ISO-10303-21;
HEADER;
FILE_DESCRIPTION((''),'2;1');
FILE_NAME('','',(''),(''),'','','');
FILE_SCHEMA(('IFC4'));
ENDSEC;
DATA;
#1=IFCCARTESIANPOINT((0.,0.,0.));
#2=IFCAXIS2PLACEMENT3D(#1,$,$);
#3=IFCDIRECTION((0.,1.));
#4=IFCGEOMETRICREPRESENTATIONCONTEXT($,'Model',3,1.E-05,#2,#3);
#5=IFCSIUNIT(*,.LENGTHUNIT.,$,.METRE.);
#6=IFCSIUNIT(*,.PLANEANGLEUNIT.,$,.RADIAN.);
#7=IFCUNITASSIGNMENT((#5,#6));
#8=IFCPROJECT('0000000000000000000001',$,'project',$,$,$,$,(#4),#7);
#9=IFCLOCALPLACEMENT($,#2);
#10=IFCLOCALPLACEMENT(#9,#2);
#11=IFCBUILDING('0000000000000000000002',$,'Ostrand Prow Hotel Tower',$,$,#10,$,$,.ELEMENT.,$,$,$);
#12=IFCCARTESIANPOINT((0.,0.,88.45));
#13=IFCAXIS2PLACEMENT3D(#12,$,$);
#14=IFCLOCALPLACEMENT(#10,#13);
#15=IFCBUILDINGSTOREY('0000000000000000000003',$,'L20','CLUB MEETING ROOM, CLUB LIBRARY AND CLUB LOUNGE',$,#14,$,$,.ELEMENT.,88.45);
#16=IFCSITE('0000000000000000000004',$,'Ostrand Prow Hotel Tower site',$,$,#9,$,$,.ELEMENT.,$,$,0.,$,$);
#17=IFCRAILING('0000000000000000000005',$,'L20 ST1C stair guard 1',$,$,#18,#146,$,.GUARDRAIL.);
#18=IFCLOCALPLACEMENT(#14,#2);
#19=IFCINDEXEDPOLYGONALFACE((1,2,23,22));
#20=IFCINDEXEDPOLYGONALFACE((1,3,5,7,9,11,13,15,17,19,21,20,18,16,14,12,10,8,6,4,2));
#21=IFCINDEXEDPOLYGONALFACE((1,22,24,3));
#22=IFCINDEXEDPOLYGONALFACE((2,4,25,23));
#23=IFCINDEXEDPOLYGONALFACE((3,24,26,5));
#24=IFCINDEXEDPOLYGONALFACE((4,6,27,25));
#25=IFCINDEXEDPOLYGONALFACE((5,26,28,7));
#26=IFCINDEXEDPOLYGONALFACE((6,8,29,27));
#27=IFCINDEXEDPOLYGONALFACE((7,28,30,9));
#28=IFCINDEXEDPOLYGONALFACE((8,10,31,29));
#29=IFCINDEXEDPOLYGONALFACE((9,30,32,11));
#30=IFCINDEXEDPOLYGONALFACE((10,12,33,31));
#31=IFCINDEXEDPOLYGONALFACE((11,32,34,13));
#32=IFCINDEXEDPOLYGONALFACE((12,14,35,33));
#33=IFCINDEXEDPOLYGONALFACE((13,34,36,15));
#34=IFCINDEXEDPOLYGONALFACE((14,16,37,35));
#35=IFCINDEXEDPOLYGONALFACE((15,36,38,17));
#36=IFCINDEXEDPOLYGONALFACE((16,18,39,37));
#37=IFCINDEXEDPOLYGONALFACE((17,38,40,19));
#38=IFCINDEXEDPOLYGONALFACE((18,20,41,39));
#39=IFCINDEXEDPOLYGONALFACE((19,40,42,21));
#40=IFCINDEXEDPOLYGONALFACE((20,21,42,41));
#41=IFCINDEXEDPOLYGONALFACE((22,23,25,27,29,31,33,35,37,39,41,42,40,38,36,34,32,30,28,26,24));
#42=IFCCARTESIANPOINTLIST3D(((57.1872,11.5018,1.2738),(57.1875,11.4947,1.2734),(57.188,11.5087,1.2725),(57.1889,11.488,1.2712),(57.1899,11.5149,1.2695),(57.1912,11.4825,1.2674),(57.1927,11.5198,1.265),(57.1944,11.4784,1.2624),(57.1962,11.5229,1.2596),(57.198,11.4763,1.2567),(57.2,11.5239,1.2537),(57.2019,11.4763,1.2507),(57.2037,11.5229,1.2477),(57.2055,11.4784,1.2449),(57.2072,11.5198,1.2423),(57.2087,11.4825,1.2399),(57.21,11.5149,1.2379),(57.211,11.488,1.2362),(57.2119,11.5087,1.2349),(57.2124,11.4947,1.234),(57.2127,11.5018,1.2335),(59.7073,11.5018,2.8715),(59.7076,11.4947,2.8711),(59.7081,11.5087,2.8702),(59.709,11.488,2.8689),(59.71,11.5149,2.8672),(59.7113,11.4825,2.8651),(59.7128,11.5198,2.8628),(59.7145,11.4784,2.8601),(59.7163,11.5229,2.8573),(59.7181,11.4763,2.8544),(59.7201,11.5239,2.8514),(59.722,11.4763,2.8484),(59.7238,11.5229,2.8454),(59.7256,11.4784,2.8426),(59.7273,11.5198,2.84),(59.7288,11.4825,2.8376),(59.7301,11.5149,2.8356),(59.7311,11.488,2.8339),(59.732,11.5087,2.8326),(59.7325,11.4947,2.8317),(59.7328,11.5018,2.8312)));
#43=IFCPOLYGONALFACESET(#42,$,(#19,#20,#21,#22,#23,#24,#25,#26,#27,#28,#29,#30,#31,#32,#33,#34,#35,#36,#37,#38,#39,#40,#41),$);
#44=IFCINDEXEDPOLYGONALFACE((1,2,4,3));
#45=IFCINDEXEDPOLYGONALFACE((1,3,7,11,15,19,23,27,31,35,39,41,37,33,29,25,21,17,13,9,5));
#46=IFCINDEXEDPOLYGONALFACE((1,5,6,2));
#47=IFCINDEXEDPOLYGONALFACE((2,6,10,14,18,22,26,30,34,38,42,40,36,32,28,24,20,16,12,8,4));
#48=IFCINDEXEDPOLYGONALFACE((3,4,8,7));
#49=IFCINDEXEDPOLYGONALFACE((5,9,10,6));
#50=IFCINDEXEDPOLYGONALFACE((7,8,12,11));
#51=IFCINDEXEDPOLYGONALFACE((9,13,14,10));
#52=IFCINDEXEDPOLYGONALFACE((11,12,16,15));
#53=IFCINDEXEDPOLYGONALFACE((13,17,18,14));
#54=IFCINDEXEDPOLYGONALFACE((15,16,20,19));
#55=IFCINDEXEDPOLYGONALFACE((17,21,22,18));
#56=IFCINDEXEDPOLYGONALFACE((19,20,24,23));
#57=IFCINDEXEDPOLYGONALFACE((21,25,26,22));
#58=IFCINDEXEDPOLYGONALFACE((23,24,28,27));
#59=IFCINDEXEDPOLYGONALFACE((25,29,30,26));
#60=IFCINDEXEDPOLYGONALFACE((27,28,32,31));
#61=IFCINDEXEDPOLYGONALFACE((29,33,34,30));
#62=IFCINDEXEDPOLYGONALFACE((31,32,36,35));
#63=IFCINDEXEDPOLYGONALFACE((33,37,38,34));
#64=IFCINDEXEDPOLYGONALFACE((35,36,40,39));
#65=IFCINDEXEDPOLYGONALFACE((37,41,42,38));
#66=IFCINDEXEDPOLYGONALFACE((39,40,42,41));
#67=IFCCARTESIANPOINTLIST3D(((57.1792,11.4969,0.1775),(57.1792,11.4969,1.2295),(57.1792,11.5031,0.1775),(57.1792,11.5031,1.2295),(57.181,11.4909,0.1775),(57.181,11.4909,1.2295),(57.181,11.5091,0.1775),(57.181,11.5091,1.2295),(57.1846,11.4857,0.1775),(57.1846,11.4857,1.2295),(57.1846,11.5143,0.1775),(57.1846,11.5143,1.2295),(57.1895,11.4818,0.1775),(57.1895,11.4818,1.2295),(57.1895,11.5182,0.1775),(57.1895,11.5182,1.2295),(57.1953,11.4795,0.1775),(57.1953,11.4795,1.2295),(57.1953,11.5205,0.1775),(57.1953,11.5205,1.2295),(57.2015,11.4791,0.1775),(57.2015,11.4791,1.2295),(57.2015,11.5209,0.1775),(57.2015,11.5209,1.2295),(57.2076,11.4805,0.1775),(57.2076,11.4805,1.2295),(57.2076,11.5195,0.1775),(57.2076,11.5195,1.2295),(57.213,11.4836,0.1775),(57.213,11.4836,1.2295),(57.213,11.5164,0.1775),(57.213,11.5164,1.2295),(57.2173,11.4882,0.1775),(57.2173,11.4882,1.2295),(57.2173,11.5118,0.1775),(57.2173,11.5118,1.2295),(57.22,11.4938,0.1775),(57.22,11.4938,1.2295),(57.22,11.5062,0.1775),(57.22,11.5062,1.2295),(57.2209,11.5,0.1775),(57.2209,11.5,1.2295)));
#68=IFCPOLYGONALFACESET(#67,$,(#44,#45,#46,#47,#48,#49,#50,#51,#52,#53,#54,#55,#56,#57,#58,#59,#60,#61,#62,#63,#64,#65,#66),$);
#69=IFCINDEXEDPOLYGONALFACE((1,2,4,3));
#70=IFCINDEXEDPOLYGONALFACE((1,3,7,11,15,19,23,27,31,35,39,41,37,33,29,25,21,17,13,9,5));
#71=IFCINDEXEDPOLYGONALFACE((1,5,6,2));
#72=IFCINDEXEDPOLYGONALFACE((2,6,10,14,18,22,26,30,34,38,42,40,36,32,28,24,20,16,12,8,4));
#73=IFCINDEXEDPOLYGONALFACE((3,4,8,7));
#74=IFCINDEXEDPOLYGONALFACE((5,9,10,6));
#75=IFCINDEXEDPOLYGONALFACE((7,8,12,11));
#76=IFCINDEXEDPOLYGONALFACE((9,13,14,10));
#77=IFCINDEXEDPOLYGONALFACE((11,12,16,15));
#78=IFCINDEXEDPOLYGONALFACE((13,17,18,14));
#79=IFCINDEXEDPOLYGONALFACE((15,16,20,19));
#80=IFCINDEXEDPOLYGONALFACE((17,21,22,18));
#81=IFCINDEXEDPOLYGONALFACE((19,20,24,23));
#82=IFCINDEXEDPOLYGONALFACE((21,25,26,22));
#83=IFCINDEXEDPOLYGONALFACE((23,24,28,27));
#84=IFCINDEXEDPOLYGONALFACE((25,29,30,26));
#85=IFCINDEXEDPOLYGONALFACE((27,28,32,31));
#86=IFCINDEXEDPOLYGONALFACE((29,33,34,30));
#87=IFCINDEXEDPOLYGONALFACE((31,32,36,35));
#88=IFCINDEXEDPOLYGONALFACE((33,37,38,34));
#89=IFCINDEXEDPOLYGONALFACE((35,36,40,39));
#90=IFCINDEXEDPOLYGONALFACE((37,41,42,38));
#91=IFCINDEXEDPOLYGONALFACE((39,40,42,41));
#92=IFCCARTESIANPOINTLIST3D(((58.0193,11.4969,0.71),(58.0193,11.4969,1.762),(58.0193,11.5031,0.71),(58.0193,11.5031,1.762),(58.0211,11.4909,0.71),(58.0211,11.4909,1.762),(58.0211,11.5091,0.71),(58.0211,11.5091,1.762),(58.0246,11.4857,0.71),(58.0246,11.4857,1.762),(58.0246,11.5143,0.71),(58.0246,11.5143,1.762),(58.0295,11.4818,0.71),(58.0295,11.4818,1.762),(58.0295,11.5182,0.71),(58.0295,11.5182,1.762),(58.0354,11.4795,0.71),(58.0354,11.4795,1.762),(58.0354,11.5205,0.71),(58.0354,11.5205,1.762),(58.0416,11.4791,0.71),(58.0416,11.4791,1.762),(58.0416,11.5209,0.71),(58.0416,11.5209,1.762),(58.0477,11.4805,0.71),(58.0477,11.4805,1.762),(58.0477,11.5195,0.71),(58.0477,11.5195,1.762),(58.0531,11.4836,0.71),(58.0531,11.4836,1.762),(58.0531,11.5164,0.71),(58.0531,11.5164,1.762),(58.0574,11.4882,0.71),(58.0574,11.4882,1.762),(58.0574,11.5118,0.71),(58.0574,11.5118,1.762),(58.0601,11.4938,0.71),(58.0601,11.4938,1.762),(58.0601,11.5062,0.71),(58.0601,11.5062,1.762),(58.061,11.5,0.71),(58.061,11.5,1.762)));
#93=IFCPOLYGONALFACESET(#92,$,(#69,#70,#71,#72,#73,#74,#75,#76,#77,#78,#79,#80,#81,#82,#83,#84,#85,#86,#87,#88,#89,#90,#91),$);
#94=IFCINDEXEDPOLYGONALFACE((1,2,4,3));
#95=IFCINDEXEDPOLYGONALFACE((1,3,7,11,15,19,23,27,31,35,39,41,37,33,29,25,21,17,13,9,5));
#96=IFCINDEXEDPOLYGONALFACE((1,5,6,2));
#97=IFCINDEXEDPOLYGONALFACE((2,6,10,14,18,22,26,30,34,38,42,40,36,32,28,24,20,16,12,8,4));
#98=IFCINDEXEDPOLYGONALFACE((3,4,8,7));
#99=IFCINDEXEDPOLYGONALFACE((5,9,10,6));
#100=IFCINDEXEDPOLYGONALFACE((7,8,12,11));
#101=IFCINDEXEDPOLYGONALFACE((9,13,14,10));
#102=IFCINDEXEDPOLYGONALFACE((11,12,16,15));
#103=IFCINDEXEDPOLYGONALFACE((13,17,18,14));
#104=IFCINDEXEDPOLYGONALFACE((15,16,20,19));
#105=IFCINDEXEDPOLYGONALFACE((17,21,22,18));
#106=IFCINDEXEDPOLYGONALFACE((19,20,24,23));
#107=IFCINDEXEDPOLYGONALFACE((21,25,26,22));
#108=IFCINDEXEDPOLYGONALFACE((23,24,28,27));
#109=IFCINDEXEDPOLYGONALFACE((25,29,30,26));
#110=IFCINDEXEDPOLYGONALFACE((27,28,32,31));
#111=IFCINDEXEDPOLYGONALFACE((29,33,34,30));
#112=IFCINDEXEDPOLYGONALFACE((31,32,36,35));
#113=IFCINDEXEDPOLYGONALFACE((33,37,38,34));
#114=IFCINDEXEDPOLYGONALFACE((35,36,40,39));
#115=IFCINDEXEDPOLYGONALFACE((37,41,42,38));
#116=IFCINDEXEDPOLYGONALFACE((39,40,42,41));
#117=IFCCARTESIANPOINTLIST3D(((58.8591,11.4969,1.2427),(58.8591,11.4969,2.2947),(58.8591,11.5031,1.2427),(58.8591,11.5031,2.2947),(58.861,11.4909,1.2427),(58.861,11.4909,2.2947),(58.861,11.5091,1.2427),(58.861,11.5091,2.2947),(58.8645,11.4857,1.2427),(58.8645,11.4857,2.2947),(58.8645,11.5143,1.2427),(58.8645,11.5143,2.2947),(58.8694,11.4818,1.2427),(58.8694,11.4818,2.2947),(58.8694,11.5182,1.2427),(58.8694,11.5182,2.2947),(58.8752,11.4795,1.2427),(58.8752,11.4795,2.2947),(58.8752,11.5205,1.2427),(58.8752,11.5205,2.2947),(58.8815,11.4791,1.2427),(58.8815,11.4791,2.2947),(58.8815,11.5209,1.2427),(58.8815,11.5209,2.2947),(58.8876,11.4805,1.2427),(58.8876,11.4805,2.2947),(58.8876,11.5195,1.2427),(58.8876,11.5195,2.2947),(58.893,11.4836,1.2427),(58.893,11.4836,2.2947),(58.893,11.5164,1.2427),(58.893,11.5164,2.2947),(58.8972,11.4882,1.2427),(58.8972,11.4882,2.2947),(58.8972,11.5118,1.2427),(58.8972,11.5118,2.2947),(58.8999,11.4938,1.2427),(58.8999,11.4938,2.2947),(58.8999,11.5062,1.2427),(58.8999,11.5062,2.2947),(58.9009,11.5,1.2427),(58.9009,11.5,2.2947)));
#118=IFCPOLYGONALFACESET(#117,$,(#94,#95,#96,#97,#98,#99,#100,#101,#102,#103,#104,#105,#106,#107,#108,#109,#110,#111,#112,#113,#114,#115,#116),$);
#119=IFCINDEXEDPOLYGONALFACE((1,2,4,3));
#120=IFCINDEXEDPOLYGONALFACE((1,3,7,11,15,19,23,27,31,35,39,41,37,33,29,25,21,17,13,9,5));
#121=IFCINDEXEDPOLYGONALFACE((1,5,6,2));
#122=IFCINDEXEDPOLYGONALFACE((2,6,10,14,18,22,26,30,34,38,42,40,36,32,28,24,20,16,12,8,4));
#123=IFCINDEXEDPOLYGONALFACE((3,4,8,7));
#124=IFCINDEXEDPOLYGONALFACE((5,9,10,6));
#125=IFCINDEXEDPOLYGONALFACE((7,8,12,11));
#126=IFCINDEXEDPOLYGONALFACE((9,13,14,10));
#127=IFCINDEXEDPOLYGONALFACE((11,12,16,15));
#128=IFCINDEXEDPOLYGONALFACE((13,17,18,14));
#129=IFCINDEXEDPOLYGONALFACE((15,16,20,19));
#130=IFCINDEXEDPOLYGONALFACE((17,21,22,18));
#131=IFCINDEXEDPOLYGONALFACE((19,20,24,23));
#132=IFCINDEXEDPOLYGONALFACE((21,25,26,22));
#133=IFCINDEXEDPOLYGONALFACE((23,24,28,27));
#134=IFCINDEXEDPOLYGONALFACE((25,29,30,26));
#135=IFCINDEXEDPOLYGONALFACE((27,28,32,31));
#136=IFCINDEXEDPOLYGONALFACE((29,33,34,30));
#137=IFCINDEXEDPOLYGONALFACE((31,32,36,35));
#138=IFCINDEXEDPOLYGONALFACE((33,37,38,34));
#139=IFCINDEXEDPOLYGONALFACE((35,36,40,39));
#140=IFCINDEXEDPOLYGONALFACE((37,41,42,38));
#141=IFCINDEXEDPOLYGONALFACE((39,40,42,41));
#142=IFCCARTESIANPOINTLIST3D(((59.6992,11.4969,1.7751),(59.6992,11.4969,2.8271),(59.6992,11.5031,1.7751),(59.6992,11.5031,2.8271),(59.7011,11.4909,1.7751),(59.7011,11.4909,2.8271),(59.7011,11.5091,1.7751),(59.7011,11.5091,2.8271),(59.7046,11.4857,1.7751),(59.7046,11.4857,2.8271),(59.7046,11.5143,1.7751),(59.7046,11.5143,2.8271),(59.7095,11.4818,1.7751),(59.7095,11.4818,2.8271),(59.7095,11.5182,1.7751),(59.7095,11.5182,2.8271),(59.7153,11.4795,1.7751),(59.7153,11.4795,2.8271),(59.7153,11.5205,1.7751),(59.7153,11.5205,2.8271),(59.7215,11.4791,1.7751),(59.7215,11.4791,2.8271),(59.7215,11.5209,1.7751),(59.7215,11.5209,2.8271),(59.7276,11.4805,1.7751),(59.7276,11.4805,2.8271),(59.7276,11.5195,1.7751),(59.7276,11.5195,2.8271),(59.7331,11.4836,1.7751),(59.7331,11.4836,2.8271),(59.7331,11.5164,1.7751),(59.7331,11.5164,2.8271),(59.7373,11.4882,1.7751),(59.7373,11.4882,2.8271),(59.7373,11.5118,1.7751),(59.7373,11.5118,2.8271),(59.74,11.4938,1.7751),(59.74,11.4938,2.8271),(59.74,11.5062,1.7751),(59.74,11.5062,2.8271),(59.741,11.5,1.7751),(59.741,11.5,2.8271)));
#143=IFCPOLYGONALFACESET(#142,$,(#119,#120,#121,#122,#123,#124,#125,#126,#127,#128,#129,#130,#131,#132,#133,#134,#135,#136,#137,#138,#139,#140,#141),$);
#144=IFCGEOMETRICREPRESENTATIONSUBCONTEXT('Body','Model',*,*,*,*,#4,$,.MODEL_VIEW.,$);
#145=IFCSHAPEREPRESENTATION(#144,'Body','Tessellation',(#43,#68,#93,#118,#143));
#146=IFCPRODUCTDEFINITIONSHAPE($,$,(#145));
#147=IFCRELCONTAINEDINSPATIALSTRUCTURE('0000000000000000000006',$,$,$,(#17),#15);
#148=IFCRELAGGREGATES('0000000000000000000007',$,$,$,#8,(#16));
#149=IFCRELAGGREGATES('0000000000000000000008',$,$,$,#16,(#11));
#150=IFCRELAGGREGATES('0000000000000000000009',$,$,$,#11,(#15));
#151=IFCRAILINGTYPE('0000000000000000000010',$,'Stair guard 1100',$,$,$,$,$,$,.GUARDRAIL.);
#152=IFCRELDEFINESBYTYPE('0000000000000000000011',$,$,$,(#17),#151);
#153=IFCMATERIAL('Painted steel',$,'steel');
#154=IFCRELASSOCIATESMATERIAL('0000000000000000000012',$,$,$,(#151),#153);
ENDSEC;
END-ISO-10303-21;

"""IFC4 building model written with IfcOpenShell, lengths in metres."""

from ifc_helpers import new_model, si_unit, direction, frame, origin, origin_2d, place, context, subcontext, project, spatial, circle, extrude, material, type_object, element, save


model = new_model("IFC4")

# Units and contexts
model_context = context("Model", 3, precision=1e-05, world=origin(), true_north=direction((0.0, 1.0)))
body_context = subcontext(model_context, "Body", "Model", "MODEL_VIEW")
ifc_project = project(units=[si_unit("LENGTHUNIT", "METRE"), si_unit("PLANEANGLEUNIT", "RADIAN")], contexts=[model_context])

# Site, building, storey
site_placement = place(None, origin())
site = spatial("IfcSite", under=ifc_project, at=site_placement, Name="Ostrand Prow Hotel Tower site", CompositionType="ELEMENT", RefElevation=0.0)
building_placement = place(site_placement, origin())
building = spatial("IfcBuilding", under=site, at=building_placement, Name="Ostrand Prow Hotel Tower", CompositionType="ELEMENT")
storey_placement = place(building_placement, frame((0.0, 0.0, 88.45)))
storey = spatial("IfcBuildingStorey", under=building, at=storey_placement, Name="L20", Description="CLUB MEETING ROOM, CLUB LIBRARY AND CLUB LOUNGE", CompositionType="ELEMENT", Elevation=88.45)

# Railing
ifc_material_1 = material(Name="Painted steel", Category="steel")
railing_type_1 = type_object("IfcRailingType", Name="Stair guard 1100", PredefinedType="GUARDRAIL", material=ifc_material_1)
railing_1_placement = place(storey_placement, frame((57.2, 11.5, 0.1775)))
element("IfcRailing", 1, at=railing_1_placement, inside=storey, type_object=railing_type_1, Name="L20 ST1C stair guard 1", PredefinedType="GUARDRAIL", context=body_context, shape_type="SweptSolid", body=[
    extrude(circle(Radius=0.0239, at=origin_2d()), frame((0.0, 0.0, 1.0762), z_axis=(0.84457, 0.0, 0.535445), x_axis=(0.0, 1.0, 0.0)), (0.0, 0.0, 1.0), 2.9839),
    extrude(circle(Radius=0.021, at=origin_2d()), origin(), (0.0, 0.0, 1.0), 1.052),
    extrude(circle(Radius=0.021, at=origin_2d()), frame((0.8401, 0.0, 0.5325)), (0.0, 0.0, 1.0), 1.052),
    extrude(circle(Radius=0.021, at=origin_2d()), frame((1.6799, 0.0, 1.0652)), (0.0, 0.0, 1.0), 1.052),
    extrude(circle(Radius=0.021, at=origin_2d()), frame((2.52, 0.0, 1.5977)), (0.0, 0.0, 1.0), 1.052),
])

save(model, "model.ifc")
